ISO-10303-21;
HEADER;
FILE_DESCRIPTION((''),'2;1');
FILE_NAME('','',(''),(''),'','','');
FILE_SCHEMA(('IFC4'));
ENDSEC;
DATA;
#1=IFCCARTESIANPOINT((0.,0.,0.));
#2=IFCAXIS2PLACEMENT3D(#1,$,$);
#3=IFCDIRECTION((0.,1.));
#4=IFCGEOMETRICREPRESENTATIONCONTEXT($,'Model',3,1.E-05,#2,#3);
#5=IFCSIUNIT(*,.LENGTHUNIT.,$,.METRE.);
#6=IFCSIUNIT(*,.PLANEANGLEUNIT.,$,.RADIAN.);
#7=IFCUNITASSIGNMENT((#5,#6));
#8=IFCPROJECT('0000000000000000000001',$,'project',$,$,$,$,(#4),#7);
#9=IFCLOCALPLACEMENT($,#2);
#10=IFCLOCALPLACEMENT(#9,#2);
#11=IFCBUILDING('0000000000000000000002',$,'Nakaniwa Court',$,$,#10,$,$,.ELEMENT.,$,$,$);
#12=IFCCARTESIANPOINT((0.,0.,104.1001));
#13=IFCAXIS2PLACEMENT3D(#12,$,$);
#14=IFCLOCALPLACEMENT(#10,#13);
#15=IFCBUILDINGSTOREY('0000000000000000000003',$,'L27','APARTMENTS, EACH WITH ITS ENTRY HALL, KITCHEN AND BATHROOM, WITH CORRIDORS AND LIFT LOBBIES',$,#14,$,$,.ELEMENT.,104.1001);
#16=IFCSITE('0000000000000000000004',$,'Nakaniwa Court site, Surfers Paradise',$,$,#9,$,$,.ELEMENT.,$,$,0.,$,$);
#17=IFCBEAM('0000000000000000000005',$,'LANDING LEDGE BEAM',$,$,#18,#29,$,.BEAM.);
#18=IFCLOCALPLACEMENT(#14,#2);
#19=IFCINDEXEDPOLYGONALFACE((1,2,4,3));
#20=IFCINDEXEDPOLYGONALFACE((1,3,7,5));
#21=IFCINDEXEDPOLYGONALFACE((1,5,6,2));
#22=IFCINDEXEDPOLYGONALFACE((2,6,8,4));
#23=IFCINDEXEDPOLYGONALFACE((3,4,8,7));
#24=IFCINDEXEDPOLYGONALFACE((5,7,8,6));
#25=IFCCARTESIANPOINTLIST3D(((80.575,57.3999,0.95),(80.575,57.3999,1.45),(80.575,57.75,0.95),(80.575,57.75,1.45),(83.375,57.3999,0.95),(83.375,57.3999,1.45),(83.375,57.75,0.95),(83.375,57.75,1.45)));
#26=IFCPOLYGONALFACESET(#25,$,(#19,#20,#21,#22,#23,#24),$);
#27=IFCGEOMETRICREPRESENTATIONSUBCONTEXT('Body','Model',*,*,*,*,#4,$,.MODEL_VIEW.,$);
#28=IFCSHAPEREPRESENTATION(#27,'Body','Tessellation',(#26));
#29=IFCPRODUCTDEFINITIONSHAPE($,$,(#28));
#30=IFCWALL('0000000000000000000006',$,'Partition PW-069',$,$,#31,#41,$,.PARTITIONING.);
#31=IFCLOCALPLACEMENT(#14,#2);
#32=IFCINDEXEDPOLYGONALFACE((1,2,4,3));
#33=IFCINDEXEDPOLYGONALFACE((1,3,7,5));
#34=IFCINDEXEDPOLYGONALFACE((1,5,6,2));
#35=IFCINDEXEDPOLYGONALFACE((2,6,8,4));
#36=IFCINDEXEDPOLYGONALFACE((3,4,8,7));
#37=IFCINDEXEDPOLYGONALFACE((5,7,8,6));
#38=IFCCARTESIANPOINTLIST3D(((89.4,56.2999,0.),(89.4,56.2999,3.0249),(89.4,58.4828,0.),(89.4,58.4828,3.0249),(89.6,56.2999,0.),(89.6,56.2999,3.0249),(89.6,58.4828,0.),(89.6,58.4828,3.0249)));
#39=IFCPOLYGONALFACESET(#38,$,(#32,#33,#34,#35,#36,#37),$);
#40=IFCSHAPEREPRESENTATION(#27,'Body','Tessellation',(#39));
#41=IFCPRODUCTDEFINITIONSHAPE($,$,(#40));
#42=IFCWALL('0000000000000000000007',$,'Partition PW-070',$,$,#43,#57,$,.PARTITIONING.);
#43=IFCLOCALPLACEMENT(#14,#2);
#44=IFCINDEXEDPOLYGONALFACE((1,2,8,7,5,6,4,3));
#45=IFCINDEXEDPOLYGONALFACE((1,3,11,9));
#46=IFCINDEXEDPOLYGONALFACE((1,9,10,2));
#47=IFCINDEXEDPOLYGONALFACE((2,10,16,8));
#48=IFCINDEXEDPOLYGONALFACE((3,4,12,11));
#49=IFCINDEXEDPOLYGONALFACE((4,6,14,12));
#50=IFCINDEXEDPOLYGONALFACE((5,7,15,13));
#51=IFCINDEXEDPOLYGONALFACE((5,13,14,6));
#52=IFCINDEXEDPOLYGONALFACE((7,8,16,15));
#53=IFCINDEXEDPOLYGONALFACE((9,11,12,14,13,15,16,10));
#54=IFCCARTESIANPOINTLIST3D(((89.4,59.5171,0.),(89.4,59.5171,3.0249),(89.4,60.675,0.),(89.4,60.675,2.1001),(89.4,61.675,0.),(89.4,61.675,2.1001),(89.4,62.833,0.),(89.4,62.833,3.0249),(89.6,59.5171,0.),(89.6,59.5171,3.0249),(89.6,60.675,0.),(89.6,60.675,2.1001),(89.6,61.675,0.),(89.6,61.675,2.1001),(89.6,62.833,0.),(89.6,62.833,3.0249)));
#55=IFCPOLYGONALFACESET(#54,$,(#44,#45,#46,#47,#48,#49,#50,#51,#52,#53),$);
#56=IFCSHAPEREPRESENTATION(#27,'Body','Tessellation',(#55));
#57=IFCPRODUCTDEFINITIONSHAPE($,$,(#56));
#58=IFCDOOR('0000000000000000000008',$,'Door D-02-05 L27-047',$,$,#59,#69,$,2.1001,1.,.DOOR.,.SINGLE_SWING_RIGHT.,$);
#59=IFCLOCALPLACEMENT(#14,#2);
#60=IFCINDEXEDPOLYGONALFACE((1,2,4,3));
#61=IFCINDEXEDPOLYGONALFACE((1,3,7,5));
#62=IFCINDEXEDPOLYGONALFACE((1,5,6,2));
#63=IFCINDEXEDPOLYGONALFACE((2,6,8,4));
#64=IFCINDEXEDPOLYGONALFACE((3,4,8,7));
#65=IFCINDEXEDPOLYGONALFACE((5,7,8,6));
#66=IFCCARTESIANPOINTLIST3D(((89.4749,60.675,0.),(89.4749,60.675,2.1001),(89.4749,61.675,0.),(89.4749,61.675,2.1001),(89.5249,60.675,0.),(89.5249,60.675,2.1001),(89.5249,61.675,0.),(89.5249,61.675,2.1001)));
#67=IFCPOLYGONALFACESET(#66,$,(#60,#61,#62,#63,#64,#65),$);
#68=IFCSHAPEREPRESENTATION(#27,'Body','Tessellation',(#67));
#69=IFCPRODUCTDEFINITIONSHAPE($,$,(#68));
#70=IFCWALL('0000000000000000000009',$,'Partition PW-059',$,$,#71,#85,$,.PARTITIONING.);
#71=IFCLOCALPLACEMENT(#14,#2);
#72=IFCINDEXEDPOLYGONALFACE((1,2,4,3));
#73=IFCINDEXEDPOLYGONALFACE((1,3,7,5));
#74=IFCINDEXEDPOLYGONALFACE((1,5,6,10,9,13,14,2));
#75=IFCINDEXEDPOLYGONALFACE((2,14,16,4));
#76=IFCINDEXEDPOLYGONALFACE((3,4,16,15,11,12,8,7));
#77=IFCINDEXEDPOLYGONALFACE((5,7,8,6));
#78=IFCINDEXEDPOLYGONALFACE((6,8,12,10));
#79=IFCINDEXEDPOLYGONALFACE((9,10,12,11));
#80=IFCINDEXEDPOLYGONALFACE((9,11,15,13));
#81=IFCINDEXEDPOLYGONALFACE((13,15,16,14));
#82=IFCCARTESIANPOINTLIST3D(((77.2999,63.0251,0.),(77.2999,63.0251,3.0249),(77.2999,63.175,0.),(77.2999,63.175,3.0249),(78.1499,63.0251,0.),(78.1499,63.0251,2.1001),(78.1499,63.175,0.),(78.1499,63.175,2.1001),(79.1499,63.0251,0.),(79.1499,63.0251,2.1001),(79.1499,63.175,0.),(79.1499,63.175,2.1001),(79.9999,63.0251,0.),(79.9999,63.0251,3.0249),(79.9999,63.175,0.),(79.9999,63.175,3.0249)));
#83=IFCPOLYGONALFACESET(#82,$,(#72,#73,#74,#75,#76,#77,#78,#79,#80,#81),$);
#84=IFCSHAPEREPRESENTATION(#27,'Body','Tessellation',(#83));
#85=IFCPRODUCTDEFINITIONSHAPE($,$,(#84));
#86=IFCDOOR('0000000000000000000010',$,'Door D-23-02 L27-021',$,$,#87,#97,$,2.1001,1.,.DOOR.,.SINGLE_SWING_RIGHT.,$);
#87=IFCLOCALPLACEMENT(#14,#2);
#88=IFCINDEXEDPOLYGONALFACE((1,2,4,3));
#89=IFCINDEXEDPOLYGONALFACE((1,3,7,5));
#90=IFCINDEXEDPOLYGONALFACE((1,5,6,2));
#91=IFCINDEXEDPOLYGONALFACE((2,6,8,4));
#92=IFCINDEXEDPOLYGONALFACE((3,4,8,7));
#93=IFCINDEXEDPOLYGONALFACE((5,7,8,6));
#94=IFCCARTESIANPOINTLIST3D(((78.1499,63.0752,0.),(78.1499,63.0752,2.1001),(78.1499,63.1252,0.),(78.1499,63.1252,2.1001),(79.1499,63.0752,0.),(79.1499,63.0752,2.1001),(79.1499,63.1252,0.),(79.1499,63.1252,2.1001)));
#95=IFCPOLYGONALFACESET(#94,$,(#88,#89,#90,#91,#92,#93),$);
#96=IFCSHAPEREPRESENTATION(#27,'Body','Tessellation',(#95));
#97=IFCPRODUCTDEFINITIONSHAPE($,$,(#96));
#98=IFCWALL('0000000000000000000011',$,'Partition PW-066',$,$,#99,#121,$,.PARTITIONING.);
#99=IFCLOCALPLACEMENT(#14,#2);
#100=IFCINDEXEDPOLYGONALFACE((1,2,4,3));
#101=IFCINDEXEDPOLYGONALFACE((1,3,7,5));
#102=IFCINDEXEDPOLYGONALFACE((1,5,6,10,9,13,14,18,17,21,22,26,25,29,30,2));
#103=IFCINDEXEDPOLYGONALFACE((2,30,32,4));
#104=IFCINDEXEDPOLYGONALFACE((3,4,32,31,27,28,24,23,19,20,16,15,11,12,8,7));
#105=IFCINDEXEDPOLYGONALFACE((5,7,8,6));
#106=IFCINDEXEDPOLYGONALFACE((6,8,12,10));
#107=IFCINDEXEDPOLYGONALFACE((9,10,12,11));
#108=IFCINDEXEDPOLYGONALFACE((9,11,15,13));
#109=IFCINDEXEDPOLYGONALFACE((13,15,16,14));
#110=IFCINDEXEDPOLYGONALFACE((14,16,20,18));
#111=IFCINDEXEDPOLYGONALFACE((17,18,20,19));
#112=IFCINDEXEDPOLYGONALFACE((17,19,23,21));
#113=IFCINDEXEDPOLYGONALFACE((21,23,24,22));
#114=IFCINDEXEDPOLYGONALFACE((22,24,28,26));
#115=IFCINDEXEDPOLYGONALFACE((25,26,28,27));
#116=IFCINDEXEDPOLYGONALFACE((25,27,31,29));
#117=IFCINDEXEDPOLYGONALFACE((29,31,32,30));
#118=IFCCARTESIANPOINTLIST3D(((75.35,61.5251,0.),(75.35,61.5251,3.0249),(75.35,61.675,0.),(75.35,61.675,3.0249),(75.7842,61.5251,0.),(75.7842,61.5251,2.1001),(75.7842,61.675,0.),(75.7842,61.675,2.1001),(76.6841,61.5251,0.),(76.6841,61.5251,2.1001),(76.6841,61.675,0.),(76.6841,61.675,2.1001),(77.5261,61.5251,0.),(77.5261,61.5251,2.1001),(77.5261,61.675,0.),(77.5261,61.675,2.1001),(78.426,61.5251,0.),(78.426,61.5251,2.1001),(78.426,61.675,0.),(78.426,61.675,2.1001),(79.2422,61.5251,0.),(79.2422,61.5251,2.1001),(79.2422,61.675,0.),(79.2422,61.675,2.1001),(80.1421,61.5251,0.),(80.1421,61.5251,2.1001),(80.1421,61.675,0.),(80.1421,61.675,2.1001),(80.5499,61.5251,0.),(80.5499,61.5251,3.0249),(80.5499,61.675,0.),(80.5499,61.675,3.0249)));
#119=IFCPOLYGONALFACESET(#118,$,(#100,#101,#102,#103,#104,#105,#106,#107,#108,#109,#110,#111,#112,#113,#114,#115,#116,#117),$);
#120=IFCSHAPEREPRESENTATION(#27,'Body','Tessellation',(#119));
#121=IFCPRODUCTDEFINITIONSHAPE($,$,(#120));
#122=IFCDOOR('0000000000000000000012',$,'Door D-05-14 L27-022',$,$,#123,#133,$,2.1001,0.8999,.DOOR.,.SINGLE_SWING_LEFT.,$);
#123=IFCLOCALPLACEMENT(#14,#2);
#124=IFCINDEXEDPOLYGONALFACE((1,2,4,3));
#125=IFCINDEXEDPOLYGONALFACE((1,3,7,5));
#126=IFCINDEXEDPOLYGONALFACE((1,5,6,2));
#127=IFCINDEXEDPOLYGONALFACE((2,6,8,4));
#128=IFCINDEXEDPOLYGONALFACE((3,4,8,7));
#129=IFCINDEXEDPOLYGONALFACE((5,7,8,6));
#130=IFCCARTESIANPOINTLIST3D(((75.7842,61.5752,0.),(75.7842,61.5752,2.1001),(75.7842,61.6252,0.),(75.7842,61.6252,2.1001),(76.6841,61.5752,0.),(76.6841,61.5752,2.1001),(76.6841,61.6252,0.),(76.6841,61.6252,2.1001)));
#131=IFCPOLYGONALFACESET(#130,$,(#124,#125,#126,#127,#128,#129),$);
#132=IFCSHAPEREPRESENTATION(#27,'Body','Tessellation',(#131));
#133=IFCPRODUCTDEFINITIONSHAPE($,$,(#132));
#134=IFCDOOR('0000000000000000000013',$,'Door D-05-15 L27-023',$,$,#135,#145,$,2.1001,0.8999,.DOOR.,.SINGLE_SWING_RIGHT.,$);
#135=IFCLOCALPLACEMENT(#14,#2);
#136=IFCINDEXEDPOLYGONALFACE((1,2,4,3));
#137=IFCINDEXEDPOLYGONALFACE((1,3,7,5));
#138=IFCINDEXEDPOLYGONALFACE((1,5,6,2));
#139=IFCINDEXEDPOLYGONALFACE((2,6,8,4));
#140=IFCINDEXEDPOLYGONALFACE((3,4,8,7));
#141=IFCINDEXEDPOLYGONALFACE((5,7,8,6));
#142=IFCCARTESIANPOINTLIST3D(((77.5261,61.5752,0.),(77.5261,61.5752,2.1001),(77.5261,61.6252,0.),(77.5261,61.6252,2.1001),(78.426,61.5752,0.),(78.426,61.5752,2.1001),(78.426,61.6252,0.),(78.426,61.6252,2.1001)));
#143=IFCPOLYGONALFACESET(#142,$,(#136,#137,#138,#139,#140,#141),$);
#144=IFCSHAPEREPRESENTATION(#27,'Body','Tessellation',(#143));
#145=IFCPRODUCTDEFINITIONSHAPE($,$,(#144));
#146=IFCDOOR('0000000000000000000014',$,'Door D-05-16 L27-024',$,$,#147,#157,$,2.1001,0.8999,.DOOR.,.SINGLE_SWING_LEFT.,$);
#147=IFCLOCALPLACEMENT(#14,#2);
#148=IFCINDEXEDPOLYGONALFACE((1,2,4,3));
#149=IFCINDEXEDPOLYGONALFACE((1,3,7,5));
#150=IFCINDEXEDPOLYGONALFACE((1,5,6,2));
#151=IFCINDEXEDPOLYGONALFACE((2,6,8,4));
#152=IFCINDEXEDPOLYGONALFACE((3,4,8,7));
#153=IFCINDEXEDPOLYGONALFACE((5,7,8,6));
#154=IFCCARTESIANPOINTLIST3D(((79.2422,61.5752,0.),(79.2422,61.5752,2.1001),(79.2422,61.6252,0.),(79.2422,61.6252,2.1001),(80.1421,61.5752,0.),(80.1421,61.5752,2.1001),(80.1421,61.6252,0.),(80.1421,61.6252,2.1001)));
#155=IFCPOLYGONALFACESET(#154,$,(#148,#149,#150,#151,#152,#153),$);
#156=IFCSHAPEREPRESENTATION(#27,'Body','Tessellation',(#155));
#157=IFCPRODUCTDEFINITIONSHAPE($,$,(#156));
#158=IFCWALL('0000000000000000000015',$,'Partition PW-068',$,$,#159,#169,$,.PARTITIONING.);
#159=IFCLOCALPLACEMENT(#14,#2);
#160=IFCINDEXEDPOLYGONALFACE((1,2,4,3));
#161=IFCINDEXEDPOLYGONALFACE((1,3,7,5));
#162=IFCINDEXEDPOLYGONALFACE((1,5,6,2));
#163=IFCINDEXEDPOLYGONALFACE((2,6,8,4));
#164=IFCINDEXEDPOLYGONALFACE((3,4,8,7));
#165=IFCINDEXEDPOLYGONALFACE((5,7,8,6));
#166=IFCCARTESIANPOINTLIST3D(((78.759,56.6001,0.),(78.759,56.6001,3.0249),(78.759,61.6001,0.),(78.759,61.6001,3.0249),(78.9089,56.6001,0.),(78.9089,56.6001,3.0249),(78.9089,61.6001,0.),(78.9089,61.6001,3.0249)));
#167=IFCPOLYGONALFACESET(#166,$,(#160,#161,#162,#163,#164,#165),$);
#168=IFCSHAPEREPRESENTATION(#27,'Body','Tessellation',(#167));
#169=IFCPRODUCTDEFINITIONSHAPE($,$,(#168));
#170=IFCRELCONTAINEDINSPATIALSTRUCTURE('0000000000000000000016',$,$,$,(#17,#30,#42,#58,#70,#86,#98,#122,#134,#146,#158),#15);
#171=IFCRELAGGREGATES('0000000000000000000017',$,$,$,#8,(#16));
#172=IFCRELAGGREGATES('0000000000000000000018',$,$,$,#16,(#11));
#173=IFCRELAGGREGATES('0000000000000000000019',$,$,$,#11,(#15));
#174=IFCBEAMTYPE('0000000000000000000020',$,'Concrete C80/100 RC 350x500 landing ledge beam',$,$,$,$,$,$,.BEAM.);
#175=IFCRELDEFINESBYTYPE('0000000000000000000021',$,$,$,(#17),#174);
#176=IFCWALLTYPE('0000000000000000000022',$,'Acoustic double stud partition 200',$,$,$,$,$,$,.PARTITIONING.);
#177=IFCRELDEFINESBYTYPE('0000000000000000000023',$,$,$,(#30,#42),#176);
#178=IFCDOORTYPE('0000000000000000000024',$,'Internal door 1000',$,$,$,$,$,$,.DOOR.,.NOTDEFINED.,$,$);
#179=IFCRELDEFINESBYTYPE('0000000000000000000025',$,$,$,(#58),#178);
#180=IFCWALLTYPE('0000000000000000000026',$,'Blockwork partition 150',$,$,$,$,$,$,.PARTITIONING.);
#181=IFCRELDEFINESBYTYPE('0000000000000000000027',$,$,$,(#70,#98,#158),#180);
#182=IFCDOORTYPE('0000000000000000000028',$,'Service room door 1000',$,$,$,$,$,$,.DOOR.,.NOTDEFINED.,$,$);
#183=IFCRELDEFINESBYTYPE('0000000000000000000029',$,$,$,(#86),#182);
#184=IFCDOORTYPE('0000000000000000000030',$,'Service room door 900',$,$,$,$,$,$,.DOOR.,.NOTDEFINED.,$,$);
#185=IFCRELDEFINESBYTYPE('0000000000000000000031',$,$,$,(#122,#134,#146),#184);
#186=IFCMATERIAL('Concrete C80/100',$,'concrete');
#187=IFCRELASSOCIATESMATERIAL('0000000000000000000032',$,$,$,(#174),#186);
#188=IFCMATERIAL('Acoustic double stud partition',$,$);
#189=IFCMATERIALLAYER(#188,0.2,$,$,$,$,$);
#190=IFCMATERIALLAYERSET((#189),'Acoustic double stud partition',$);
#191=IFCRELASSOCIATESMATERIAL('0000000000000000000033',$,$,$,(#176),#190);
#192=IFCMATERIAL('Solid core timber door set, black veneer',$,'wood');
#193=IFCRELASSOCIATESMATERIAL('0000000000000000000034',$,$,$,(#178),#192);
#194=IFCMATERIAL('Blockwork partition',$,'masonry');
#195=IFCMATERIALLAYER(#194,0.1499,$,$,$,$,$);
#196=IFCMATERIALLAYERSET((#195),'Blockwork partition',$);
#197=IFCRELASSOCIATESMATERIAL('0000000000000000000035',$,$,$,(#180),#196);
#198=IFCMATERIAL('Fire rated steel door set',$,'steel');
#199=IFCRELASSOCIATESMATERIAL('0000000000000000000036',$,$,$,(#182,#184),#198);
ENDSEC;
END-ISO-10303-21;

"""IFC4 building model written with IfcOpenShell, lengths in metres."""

from ifc_helpers import new_model, si_unit, direction, frame, frame_2d, origin, origin_2d, place, context, subcontext, project, spatial, rectangle, extrude, material, layer, layer_set, material_profile, profile_set, type_object, element, fill, save


model = new_model("IFC4")

# Units and contexts
model_context = context("Model", 3, precision=1e-05, world=origin(), true_north=direction((0.0, 1.0)))
body_context = subcontext(model_context, "Body", "Model", "MODEL_VIEW")
ifc_project = project(units=[si_unit("LENGTHUNIT", "METRE"), si_unit("PLANEANGLEUNIT", "RADIAN")], contexts=[model_context])

# Site, building, storey
site_placement = place(None, origin())
site = spatial("IfcSite", under=ifc_project, at=site_placement, Name="Nakaniwa Court site, Surfers Paradise", CompositionType="ELEMENT", RefElevation=0.0)
building_placement = place(site_placement, origin())
building = spatial("IfcBuilding", under=site, at=building_placement, Name="Nakaniwa Court", CompositionType="ELEMENT")
storey_placement = place(building_placement, frame((0.0, 0.0, 104.1001)))
storey = spatial("IfcBuildingStorey", under=building, at=storey_placement, Name="L27", Description="APARTMENTS, EACH WITH ITS ENTRY HALL, KITCHEN AND BATHROOM, WITH CORRIDORS AND LIFT LOBBIES", CompositionType="ELEMENT", Elevation=104.1001)

# Beam
ifc_material_1 = material(Name="Concrete C80/100", Category="concrete")
ifc_material_profile = material_profile(ifc_material_1, rectangle(XDim=0.3501, YDim=0.5, at=origin_2d()), Name="Concrete C80/100 RC 350x500 landing ledge beam")
ifc_profile_set = profile_set([ifc_material_profile], Name="Concrete C80/100")
beam_type = type_object("IfcBeamType", Name="Concrete C80/100 RC 350x500 landing ledge beam", PredefinedType="BEAM", material=ifc_profile_set)
beam_placement = place(storey_placement, frame((80.575, 57.575, 1.2), z_axis=(1.0, 0.0, 0.0), x_axis=(0.0, 1.0, 0.0)))
element("IfcBeam", 1, at=beam_placement, inside=storey, type_object=beam_type, Name="LANDING LEDGE BEAM", PredefinedType="BEAM", context=body_context, shape_type="SweptSolid", body=[
    extrude(rectangle(XDim=0.3501, YDim=0.5, at=origin_2d()), origin(), (0.0, 0.0, 1.0), 2.8),
])

# Wall
ifc_material_2 = material(Name="Acoustic double stud partition")
ifc_layer_1 = layer(ifc_material_2, 0.2)
ifc_layer_set_1 = layer_set([ifc_layer_1], Name="Acoustic double stud partition")
wall_type_1 = type_object("IfcWallType", Name="Acoustic double stud partition 200", PredefinedType="PARTITIONING", material=ifc_layer_set_1)
wall_1_placement = place(storey_placement, frame((89.5, 56.3, 0.0), z_axis=(0.0, 0.0, 1.0), x_axis=(0.0, 1.0, 0.0)))
element("IfcWall", 2, at=wall_1_placement, inside=storey, type_object=wall_type_1, Name="Partition PW-069", PredefinedType="PARTITIONING", context=body_context, shape_type="SweptSolid", body=[
    extrude(rectangle(XDim=2.1829, YDim=0.2, at=frame_2d((1.0913, 0.0))), origin(), (0.0, 0.0, 1.0), 3.0249),
])

# Walls, openings, doors
wall_2_placement = place(storey_placement, frame((89.5, 62.833, 0.0), z_axis=(0.0, 0.0, 1.0), x_axis=(0.0, -1.0, 0.0)))
wall_2 = element("IfcWall", 3, at=wall_2_placement, inside=storey, type_object=wall_type_1, Name="Partition PW-070", PredefinedType="PARTITIONING", context=body_context, shape_type="SweptSolid", body=[
    extrude(rectangle(XDim=3.3159, YDim=0.2, at=frame_2d((1.658, 0.0))), origin(), (0.0, 0.0, 1.0), 3.0249),
])
opening_1_placement = place(wall_2_placement, frame((1.158, 0.0, 0.0)))
opening_1 = element("IfcOpeningElement", 4, at=opening_1_placement, cuts=wall_2, PredefinedType="OPENING", context=body_context, shape_type="SweptSolid", body=[
    extrude(rectangle(XDim=1.0, YDim=2.1001, at=frame_2d((0.5, 1.05))), frame((0.0, 0.1099, 0.0), z_axis=(0.0, -1.0, 0.0), x_axis=(1.0, 0.0, 0.0)), (0.0, 0.0, 1.0), 0.22),
])
ifc_material_3 = material(Name="Solid core timber door set, black veneer", Category="wood")
door_type_1 = type_object("IfcDoorType", Name="Internal door 1000", OperationType="NOTDEFINED", PredefinedType="DOOR", material=ifc_material_3)
door_1_placement = place(opening_1_placement, origin())
door_1 = element("IfcDoor", 5, at=door_1_placement, inside=storey, type_object=door_type_1, Name="Door D-02-05 L27-047", OperationType="SINGLE_SWING_RIGHT", OverallHeight=2.1001, OverallWidth=1.0, PredefinedType="DOOR", context=body_context, shape_type="SweptSolid", body=[
    extrude(rectangle(XDim=1.0, YDim=2.1001, at=frame_2d((0.5, 1.05))), frame((0.0, 0.0249, 0.0), z_axis=(0.0, -1.0, 0.0), x_axis=(1.0, 0.0, 0.0)), (0.0, 0.0, 1.0), 0.05),
])
fill(opening_1, door_1)
ifc_material_4 = material(Name="Blockwork partition", Category="masonry")
ifc_layer_2 = layer(ifc_material_4, 0.1499)
ifc_layer_set_2 = layer_set([ifc_layer_2], Name="Blockwork partition")
wall_type_2 = type_object("IfcWallType", Name="Blockwork partition 150", PredefinedType="PARTITIONING", material=ifc_layer_set_2)
wall_3_placement = place(storey_placement, frame((80.0, 63.1001, 0.0), z_axis=(0.0, 0.0, 1.0), x_axis=(-1.0, 0.0, 0.0)))
wall_3 = element("IfcWall", 6, at=wall_3_placement, inside=storey, type_object=wall_type_2, Name="Partition PW-059", PredefinedType="PARTITIONING", context=body_context, shape_type="SweptSolid", body=[
    extrude(rectangle(XDim=2.7, YDim=0.1499, at=frame_2d((1.3501, 0.0))), origin(), (0.0, 0.0, 1.0), 3.0249),
])
opening_2_placement = place(wall_3_placement, frame((0.8501, 0.0, 0.0)))
opening_2 = element("IfcOpeningElement", 7, at=opening_2_placement, cuts=wall_3, PredefinedType="OPENING", context=body_context, shape_type="SweptSolid", body=[
    extrude(rectangle(XDim=1.0, YDim=2.1001, at=frame_2d((0.5, 1.05))), frame((0.0, 0.085, 0.0), z_axis=(0.0, -1.0, 0.0), x_axis=(1.0, 0.0, 0.0)), (0.0, 0.0, 1.0), 0.1699),
])
ifc_material_5 = material(Name="Fire rated steel door set", Category="steel")
door_type_2 = type_object("IfcDoorType", Name="Service room door 1000", OperationType="NOTDEFINED", PredefinedType="DOOR", material=ifc_material_5)
door_2_placement = place(opening_2_placement, origin())
door_2 = element("IfcDoor", 8, at=door_2_placement, inside=storey, type_object=door_type_2, Name="Door D-23-02 L27-021", OperationType="SINGLE_SWING_RIGHT", OverallHeight=2.1001, OverallWidth=1.0, PredefinedType="DOOR", context=body_context, shape_type="SweptSolid", body=[
    extrude(rectangle(XDim=1.0, YDim=2.1001, at=frame_2d((0.5, 1.05))), frame((0.0, 0.0249, 0.0), z_axis=(0.0, -1.0, 0.0), x_axis=(1.0, 0.0, 0.0)), (0.0, 0.0, 1.0), 0.05),
])
fill(opening_2, door_2)

# Wall, openings, doors
wall_4_placement = place(storey_placement, frame((80.55, 61.6001, 0.0), z_axis=(0.0, 0.0, 1.0), x_axis=(-1.0, 0.0, 0.0)))
wall_4 = element("IfcWall", 9, at=wall_4_placement, inside=storey, type_object=wall_type_2, Name="Partition PW-066", PredefinedType="PARTITIONING", context=body_context, shape_type="SweptSolid", body=[
    extrude(rectangle(XDim=5.2, YDim=0.1499, at=frame_2d((2.6001, 0.0))), origin(), (0.0, 0.0, 1.0), 3.0249),
])
opening_3_placement = place(wall_4_placement, frame((3.866, 0.0, 0.0)))
opening_3 = element("IfcOpeningElement", 10, at=opening_3_placement, cuts=wall_4, PredefinedType="OPENING", context=body_context, shape_type="SweptSolid", body=[
    extrude(rectangle(XDim=0.8999, YDim=2.1001, at=frame_2d((0.45, 1.05))), frame((0.0, 0.085, 0.0), z_axis=(0.0, -1.0, 0.0), x_axis=(1.0, 0.0, 0.0)), (0.0, 0.0, 1.0), 0.1699),
])
opening_4_placement = place(wall_4_placement, frame((2.124, 0.0, 0.0)))
opening_4 = element("IfcOpeningElement", 11, at=opening_4_placement, cuts=wall_4, PredefinedType="OPENING", context=body_context, shape_type="SweptSolid", body=[
    extrude(rectangle(XDim=0.8999, YDim=2.1001, at=frame_2d((0.45, 1.05))), frame((0.0, 0.085, 0.0), z_axis=(0.0, -1.0, 0.0), x_axis=(1.0, 0.0, 0.0)), (0.0, 0.0, 1.0), 0.1699),
])
opening_5_placement = place(wall_4_placement, frame((0.408, 0.0, 0.0)))
opening_5 = element("IfcOpeningElement", 12, at=opening_5_placement, cuts=wall_4, PredefinedType="OPENING", context=body_context, shape_type="SweptSolid", body=[
    extrude(rectangle(XDim=0.8999, YDim=2.1001, at=frame_2d((0.45, 1.05))), frame((0.0, 0.085, 0.0), z_axis=(0.0, -1.0, 0.0), x_axis=(1.0, 0.0, 0.0)), (0.0, 0.0, 1.0), 0.1699),
])
door_type_3 = type_object("IfcDoorType", Name="Service room door 900", OperationType="NOTDEFINED", PredefinedType="DOOR", material=ifc_material_5)
door_3_placement = place(opening_3_placement, origin())
door_3 = element("IfcDoor", 13, at=door_3_placement, inside=storey, type_object=door_type_3, Name="Door D-05-14 L27-022", OperationType="SINGLE_SWING_LEFT", OverallHeight=2.1001, OverallWidth=0.8999, PredefinedType="DOOR", context=body_context, shape_type="SweptSolid", body=[
    extrude(rectangle(XDim=0.8999, YDim=2.1001, at=frame_2d((0.45, 1.05))), frame((0.0, 0.0249, 0.0), z_axis=(0.0, -1.0, 0.0), x_axis=(1.0, 0.0, 0.0)), (0.0, 0.0, 1.0), 0.05),
])
fill(opening_3, door_3)
door_4_placement = place(opening_4_placement, origin())
door_4 = element("IfcDoor", 14, at=door_4_placement, inside=storey, type_object=door_type_3, Name="Door D-05-15 L27-023", OperationType="SINGLE_SWING_RIGHT", OverallHeight=2.1001, OverallWidth=0.8999, PredefinedType="DOOR", context=body_context, shape_type="SweptSolid", body=[
    extrude(rectangle(XDim=0.8999, YDim=2.1001, at=frame_2d((0.45, 1.05))), frame((0.0, 0.0249, 0.0), z_axis=(0.0, -1.0, 0.0), x_axis=(1.0, 0.0, 0.0)), (0.0, 0.0, 1.0), 0.05),
])
fill(opening_4, door_4)
door_5_placement = place(opening_5_placement, origin())
door_5 = element("IfcDoor", 15, at=door_5_placement, inside=storey, type_object=door_type_3, Name="Door D-05-16 L27-024", OperationType="SINGLE_SWING_LEFT", OverallHeight=2.1001, OverallWidth=0.8999, PredefinedType="DOOR", context=body_context, shape_type="SweptSolid", body=[
    extrude(rectangle(XDim=0.8999, YDim=2.1001, at=frame_2d((0.45, 1.05))), frame((0.0, 0.0249, 0.0), z_axis=(0.0, -1.0, 0.0), x_axis=(1.0, 0.0, 0.0)), (0.0, 0.0, 1.0), 0.05),
])
fill(opening_5, door_5)

# Wall
wall_5_placement = place(storey_placement, frame((78.834, 56.6001, 0.0), z_axis=(0.0, 0.0, 1.0), x_axis=(0.0, 1.0, 0.0)))
element("IfcWall", 16, at=wall_5_placement, inside=storey, type_object=wall_type_2, Name="Partition PW-068", PredefinedType="PARTITIONING", context=body_context, shape_type="SweptSolid", body=[
    extrude(rectangle(XDim=5.0, YDim=0.1499, at=frame_2d((2.5, 0.0))), origin(), (0.0, 0.0, 1.0), 3.0249),
])

save(model, "model.ifc")
